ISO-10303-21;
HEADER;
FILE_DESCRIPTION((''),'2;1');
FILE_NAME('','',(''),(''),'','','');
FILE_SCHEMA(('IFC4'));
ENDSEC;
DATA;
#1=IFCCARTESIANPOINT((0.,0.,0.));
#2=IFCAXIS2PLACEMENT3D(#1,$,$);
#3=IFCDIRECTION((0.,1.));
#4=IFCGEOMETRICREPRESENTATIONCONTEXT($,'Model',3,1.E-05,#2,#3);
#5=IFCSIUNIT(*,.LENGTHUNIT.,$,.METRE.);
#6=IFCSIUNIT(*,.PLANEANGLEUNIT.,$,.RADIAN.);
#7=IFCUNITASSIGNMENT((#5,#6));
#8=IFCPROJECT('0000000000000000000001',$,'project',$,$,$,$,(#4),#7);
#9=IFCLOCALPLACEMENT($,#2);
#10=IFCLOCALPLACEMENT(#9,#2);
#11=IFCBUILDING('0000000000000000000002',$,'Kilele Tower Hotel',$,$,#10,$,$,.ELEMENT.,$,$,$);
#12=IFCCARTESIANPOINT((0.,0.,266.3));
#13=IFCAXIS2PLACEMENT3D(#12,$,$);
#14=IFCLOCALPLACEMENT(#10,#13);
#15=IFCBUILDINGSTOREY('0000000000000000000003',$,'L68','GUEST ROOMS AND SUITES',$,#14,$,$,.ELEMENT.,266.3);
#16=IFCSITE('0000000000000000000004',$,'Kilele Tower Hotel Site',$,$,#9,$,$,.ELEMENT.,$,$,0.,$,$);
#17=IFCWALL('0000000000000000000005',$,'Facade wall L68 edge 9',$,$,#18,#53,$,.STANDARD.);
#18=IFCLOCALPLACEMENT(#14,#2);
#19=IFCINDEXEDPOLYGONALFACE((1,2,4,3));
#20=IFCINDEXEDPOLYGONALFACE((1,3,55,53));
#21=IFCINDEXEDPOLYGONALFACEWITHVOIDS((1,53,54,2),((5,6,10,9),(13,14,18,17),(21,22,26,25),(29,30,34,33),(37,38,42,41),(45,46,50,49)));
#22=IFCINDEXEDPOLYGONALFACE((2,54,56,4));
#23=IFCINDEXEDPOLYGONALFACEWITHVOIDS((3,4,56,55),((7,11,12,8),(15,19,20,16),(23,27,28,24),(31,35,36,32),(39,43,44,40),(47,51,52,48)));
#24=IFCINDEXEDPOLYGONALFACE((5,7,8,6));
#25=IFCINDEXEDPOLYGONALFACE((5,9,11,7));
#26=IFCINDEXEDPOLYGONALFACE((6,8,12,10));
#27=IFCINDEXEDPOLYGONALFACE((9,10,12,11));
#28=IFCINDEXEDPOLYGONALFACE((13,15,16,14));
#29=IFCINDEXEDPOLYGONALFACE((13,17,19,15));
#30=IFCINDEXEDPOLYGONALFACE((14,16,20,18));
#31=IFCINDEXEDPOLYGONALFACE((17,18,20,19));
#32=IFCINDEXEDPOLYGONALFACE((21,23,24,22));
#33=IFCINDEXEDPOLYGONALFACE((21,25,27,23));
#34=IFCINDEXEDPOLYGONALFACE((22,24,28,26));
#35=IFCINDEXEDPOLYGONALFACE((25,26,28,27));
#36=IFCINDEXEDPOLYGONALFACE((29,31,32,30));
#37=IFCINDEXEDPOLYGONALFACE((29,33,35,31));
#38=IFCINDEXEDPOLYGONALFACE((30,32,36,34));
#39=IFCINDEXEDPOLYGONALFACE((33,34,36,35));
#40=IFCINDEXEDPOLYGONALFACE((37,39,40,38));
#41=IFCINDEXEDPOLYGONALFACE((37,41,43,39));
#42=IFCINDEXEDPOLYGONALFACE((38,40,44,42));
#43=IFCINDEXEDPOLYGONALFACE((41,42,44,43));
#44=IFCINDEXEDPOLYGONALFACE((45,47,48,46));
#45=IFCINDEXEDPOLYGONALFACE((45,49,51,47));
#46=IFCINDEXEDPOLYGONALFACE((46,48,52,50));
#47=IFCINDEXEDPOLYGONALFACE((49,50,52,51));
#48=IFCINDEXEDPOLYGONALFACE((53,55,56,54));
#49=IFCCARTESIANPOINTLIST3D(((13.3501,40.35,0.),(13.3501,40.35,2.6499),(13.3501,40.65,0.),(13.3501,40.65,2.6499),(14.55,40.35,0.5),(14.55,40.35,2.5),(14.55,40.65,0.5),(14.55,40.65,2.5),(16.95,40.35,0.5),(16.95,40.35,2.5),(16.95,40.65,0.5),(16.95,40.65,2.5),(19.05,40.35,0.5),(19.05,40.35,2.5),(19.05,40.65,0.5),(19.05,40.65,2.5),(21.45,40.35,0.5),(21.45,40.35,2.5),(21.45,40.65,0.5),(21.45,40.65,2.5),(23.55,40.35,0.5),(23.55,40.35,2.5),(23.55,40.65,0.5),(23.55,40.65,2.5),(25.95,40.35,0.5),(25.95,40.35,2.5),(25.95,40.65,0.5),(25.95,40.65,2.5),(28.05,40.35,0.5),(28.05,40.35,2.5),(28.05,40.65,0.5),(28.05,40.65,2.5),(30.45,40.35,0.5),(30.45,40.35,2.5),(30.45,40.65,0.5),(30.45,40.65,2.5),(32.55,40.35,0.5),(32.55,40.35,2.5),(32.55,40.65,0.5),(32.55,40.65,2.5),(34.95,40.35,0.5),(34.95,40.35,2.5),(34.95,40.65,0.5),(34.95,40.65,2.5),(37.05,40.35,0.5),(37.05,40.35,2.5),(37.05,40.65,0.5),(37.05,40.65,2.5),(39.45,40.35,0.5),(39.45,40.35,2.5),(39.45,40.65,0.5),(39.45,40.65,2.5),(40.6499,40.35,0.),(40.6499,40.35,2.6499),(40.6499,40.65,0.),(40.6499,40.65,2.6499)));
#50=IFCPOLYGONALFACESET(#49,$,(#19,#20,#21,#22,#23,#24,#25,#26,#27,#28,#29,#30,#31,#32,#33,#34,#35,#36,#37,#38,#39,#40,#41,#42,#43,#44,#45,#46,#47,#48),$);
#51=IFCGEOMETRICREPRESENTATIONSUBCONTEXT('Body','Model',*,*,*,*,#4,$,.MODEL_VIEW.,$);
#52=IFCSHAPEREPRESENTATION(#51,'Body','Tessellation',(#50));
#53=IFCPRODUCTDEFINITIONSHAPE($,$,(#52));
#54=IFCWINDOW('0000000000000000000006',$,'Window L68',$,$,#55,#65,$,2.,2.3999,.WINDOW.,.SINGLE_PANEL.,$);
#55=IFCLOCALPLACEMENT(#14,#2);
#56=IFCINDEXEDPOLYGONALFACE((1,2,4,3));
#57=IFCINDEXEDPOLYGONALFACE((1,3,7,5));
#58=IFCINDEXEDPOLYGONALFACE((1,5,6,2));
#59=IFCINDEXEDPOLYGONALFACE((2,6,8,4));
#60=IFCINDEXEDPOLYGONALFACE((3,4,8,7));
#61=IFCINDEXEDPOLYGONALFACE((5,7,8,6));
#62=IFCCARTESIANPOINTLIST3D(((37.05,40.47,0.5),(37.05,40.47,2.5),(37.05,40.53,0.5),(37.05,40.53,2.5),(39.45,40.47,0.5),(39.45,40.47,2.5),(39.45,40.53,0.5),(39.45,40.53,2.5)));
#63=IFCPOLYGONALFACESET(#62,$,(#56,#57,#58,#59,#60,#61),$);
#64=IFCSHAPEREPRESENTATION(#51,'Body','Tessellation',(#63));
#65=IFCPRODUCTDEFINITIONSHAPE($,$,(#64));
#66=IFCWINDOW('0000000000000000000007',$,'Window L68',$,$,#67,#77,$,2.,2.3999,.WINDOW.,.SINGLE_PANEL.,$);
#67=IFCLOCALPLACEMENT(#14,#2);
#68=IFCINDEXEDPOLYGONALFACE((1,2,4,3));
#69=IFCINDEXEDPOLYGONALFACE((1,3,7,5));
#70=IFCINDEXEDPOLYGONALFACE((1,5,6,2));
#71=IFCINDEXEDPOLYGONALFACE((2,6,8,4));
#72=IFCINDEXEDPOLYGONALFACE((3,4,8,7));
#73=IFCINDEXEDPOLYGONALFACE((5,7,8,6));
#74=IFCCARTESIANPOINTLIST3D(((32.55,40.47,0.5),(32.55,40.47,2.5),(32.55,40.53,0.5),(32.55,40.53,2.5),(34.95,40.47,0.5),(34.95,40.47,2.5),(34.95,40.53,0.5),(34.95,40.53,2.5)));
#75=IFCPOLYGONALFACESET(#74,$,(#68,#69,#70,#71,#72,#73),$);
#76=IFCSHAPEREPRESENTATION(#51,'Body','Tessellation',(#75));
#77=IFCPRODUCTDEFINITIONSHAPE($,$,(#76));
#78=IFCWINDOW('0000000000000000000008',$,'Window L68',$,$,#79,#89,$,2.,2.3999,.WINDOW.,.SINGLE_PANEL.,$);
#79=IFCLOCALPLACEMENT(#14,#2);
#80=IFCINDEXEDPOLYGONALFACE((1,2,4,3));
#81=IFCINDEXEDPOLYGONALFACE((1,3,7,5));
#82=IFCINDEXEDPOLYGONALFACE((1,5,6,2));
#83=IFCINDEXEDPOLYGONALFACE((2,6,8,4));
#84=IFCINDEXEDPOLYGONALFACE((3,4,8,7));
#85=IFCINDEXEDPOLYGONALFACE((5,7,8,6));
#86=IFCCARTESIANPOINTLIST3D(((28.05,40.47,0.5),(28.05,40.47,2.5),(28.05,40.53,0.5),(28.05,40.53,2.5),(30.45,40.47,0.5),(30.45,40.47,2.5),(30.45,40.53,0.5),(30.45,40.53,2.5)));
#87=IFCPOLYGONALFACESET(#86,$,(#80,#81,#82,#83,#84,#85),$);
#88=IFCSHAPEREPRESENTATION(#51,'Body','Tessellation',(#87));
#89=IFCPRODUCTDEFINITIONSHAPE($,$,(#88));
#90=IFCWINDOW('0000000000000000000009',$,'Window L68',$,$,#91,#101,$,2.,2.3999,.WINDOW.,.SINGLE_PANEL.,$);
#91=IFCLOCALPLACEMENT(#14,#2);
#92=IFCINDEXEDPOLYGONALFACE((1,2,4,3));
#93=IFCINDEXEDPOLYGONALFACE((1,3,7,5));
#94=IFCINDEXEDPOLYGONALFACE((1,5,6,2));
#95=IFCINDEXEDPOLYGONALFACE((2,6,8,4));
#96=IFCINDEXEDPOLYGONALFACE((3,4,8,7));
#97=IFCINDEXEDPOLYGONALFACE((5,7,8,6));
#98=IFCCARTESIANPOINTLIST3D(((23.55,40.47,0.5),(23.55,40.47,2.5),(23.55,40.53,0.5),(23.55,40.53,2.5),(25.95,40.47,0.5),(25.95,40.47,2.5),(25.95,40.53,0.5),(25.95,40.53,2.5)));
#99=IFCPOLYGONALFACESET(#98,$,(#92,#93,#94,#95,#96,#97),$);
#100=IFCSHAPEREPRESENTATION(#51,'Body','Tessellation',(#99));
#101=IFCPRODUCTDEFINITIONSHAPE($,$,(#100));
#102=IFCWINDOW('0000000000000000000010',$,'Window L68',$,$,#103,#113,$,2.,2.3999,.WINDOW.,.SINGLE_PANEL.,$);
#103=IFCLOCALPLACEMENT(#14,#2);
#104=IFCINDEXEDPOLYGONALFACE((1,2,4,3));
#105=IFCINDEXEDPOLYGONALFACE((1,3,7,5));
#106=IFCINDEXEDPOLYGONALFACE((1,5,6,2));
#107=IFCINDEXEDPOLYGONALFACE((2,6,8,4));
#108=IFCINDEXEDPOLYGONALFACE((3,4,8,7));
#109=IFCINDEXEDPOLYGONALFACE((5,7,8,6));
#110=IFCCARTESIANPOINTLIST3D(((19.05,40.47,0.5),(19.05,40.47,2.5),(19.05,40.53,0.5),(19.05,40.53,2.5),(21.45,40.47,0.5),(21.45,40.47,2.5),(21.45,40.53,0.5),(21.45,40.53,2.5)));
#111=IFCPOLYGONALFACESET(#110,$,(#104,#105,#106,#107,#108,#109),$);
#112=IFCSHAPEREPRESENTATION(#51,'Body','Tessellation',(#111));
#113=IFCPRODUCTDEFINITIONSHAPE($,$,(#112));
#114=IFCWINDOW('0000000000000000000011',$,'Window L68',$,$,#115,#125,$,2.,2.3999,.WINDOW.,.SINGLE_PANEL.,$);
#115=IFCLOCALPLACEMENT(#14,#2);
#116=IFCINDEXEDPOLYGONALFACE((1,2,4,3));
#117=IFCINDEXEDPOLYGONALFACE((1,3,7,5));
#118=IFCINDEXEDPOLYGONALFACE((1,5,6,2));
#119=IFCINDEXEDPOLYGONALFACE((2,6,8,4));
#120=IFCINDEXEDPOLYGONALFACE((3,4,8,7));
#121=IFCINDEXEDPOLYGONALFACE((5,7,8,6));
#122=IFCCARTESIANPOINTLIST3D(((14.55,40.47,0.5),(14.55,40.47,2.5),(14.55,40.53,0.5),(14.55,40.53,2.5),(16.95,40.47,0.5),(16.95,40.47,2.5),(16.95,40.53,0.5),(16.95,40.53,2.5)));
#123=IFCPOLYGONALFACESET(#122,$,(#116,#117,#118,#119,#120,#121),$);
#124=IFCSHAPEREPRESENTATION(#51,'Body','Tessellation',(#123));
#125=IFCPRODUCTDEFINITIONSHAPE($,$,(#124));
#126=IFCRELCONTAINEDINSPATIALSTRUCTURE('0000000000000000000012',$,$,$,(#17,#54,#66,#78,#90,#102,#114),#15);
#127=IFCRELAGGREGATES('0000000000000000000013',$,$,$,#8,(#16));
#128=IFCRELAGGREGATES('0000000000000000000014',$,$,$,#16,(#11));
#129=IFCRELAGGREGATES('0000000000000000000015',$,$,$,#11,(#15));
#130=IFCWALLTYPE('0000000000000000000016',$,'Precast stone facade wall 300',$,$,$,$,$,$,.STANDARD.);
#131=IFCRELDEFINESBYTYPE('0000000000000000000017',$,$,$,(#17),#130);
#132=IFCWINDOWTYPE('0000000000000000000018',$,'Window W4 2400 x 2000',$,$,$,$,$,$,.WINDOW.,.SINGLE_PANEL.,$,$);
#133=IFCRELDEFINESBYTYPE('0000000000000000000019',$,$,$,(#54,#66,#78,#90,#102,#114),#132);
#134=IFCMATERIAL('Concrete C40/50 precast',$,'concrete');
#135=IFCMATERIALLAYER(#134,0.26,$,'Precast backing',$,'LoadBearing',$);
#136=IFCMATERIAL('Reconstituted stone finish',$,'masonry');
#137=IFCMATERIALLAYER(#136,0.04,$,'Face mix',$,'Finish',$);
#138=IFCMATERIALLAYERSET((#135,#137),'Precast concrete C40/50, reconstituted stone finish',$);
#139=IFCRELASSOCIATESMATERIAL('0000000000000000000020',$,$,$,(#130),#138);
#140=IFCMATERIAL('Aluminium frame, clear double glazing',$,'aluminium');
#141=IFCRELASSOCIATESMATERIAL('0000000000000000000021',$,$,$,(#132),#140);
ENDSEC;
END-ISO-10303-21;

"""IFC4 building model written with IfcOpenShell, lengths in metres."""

from ifc_helpers import new_model, si_unit, direction, frame, frame_2d, origin, place, context, subcontext, project, spatial, rectangle, extrude, material, layer, layer_set, type_object, element, fill, save


model = new_model("IFC4")

# Units and contexts
model_context = context("Model", 3, precision=1e-05, world=origin(), true_north=direction((0.0, 1.0)))
body_context = subcontext(model_context, "Body", "Model", "MODEL_VIEW")
ifc_project = project(units=[si_unit("LENGTHUNIT", "METRE"), si_unit("PLANEANGLEUNIT", "RADIAN")], contexts=[model_context])

# Site, building, storey
site_placement = place(None, origin())
site = spatial("IfcSite", under=ifc_project, at=site_placement, Name="Kilele Tower Hotel Site", CompositionType="ELEMENT", RefElevation=0.0)
building_placement = place(site_placement, origin())
building = spatial("IfcBuilding", under=site, at=building_placement, Name="Kilele Tower Hotel", CompositionType="ELEMENT")
storey_placement = place(building_placement, frame((0.0, 0.0, 266.3)))
storey = spatial("IfcBuildingStorey", under=building, at=storey_placement, Name="L68", Description="GUEST ROOMS AND SUITES", CompositionType="ELEMENT", Elevation=266.3)

# Shared definitions
ifc_material_1 = material(Name="Concrete C40/50 precast", Category="concrete")
ifc_layer_1 = layer(ifc_material_1, 0.26, Name="Precast backing", Category="LoadBearing")
ifc_material_2 = material(Name="Reconstituted stone finish", Category="masonry")
ifc_layer_2 = layer(ifc_material_2, 0.04, Name="Face mix", Category="Finish")
ifc_layer_set = layer_set([ifc_layer_1, ifc_layer_2], Name="Precast concrete C40/50, reconstituted stone finish")
wall_type = type_object("IfcWallType", Name="Precast stone facade wall 300", PredefinedType="STANDARD", material=ifc_layer_set)
ifc_material_3 = material(Name="Aluminium frame, clear double glazing", Category="aluminium")
window_type = type_object("IfcWindowType", Name="Window W4 2400 x 2000", PartitioningType="SINGLE_PANEL", PredefinedType="WINDOW", material=ifc_material_3)

# Wall, openings, windows
wall_1_placement = place(storey_placement, frame((40.6499, 40.5, 0.0), z_axis=(0.0, 0.0, 1.0), x_axis=(-1.0, 0.0, 0.0)))
wall_1 = element("IfcWall", 1, at=wall_1_placement, inside=storey, type_object=wall_type, Name="Facade wall L68 edge 9", PredefinedType="STANDARD", context=body_context, shape_type="SweptSolid", body=[
    extrude(rectangle(XDim=27.2998, YDim=0.3, at=frame_2d((13.6499, 0.0))), origin(), (0.0, 0.0, 1.0), 2.6499),
])
opening_1_placement = place(wall_1_placement, frame((1.2, 0.0, 0.5)))
opening_1 = element("IfcOpeningElement", 2, at=opening_1_placement, cuts=wall_1, PredefinedType="OPENING", context=body_context, shape_type="SweptSolid", body=[
    extrude(rectangle(XDim=2.3999, YDim=2.0, at=frame_2d((1.2, 1.0))), frame((0.0, 0.1599, 0.0), z_axis=(0.0, -1.0, 0.0), x_axis=(1.0, 0.0, 0.0)), (0.0, 0.0, 1.0), 0.3201),
])
opening_2_placement = place(wall_1_placement, frame((5.7, 0.0, 0.5)))
opening_2 = element("IfcOpeningElement", 3, at=opening_2_placement, cuts=wall_1, PredefinedType="OPENING", context=body_context, shape_type="SweptSolid", body=[
    extrude(rectangle(XDim=2.3999, YDim=2.0, at=frame_2d((1.2, 1.0))), frame((0.0, 0.1599, 0.0), z_axis=(0.0, -1.0, 0.0), x_axis=(1.0, 0.0, 0.0)), (0.0, 0.0, 1.0), 0.3201),
])
opening_3_placement = place(wall_1_placement, frame((10.2, 0.0, 0.5)))
opening_3 = element("IfcOpeningElement", 4, at=opening_3_placement, cuts=wall_1, PredefinedType="OPENING", context=body_context, shape_type="SweptSolid", body=[
    extrude(rectangle(XDim=2.3999, YDim=2.0, at=frame_2d((1.2, 1.0))), frame((0.0, 0.1599, 0.0), z_axis=(0.0, -1.0, 0.0), x_axis=(1.0, 0.0, 0.0)), (0.0, 0.0, 1.0), 0.3201),
])
opening_4_placement = place(wall_1_placement, frame((14.7, 0.0, 0.5)))
opening_4 = element("IfcOpeningElement", 5, at=opening_4_placement, cuts=wall_1, PredefinedType="OPENING", context=body_context, shape_type="SweptSolid", body=[
    extrude(rectangle(XDim=2.3999, YDim=2.0, at=frame_2d((1.2, 1.0))), frame((0.0, 0.1599, 0.0), z_axis=(0.0, -1.0, 0.0), x_axis=(1.0, 0.0, 0.0)), (0.0, 0.0, 1.0), 0.3201),
])
opening_5_placement = place(wall_1_placement, frame((19.2, 0.0, 0.5)))
opening_5 = element("IfcOpeningElement", 6, at=opening_5_placement, cuts=wall_1, PredefinedType="OPENING", context=body_context, shape_type="SweptSolid", body=[
    extrude(rectangle(XDim=2.3999, YDim=2.0, at=frame_2d((1.2, 1.0))), frame((0.0, 0.1599, 0.0), z_axis=(0.0, -1.0, 0.0), x_axis=(1.0, 0.0, 0.0)), (0.0, 0.0, 1.0), 0.3201),
])
opening_6_placement = place(wall_1_placement, frame((23.7, 0.0, 0.5)))
opening_6 = element("IfcOpeningElement", 7, at=opening_6_placement, cuts=wall_1, PredefinedType="OPENING", context=body_context, shape_type="SweptSolid", body=[
    extrude(rectangle(XDim=2.3999, YDim=2.0, at=frame_2d((1.2, 1.0))), frame((0.0, 0.1599, 0.0), z_axis=(0.0, -1.0, 0.0), x_axis=(1.0, 0.0, 0.0)), (0.0, 0.0, 1.0), 0.3201),
])
window_1_placement = place(opening_1_placement, origin())
window_1 = element("IfcWindow", 8, at=window_1_placement, inside=storey, type_object=window_type, Name="Window L68", OverallHeight=2.0, OverallWidth=2.3999, PartitioningType="SINGLE_PANEL", PredefinedType="WINDOW", context=body_context, shape_type="SweptSolid", body=[
    extrude(rectangle(XDim=2.3999, YDim=2.0, at=frame_2d((1.2, 1.0))), frame((0.0, 0.03, 0.0), z_axis=(0.0, -1.0, 0.0), x_axis=(1.0, 0.0, 0.0)), (0.0, 0.0, 1.0), 0.0601),
])
fill(opening_1, window_1)
window_2_placement = place(opening_2_placement, origin())
window_2 = element("IfcWindow", 9, at=window_2_placement, inside=storey, type_object=window_type, Name="Window L68", OverallHeight=2.0, OverallWidth=2.3999, PartitioningType="SINGLE_PANEL", PredefinedType="WINDOW", context=body_context, shape_type="SweptSolid", body=[
    extrude(rectangle(XDim=2.3999, YDim=2.0, at=frame_2d((1.2, 1.0))), frame((0.0, 0.03, 0.0), z_axis=(0.0, -1.0, 0.0), x_axis=(1.0, 0.0, 0.0)), (0.0, 0.0, 1.0), 0.0601),
])
fill(opening_2, window_2)
window_3_placement = place(opening_3_placement, origin())
window_3 = element("IfcWindow", 10, at=window_3_placement, inside=storey, type_object=window_type, Name="Window L68", OverallHeight=2.0, OverallWidth=2.3999, PartitioningType="SINGLE_PANEL", PredefinedType="WINDOW", context=body_context, shape_type="SweptSolid", body=[
    extrude(rectangle(XDim=2.3999, YDim=2.0, at=frame_2d((1.2, 1.0))), frame((0.0, 0.03, 0.0), z_axis=(0.0, -1.0, 0.0), x_axis=(1.0, 0.0, 0.0)), (0.0, 0.0, 1.0), 0.0601),
])
fill(opening_3, window_3)
window_4_placement = place(opening_4_placement, origin())
window_4 = element("IfcWindow", 11, at=window_4_placement, inside=storey, type_object=window_type, Name="Window L68", OverallHeight=2.0, OverallWidth=2.3999, PartitioningType="SINGLE_PANEL", PredefinedType="WINDOW", context=body_context, shape_type="SweptSolid", body=[
    extrude(rectangle(XDim=2.3999, YDim=2.0, at=frame_2d((1.2, 1.0))), frame((0.0, 0.03, 0.0), z_axis=(0.0, -1.0, 0.0), x_axis=(1.0, 0.0, 0.0)), (0.0, 0.0, 1.0), 0.0601),
])
fill(opening_4, window_4)
window_5_placement = place(opening_5_placement, origin())
window_5 = element("IfcWindow", 12, at=window_5_placement, inside=storey, type_object=window_type, Name="Window L68", OverallHeight=2.0, OverallWidth=2.3999, PartitioningType="SINGLE_PANEL", PredefinedType="WINDOW", context=body_context, shape_type="SweptSolid", body=[
    extrude(rectangle(XDim=2.3999, YDim=2.0, at=frame_2d((1.2, 1.0))), frame((0.0, 0.03, 0.0), z_axis=(0.0, -1.0, 0.0), x_axis=(1.0, 0.0, 0.0)), (0.0, 0.0, 1.0), 0.0601),
])
fill(opening_5, window_5)
window_6_placement = place(opening_6_placement, origin())
window_6 = element("IfcWindow", 13, at=window_6_placement, inside=storey, type_object=window_type, Name="Window L68", OverallHeight=2.0, OverallWidth=2.3999, PartitioningType="SINGLE_PANEL", PredefinedType="WINDOW", context=body_context, shape_type="SweptSolid", body=[
    extrude(rectangle(XDim=2.3999, YDim=2.0, at=frame_2d((1.2, 1.0))), frame((0.0, 0.03, 0.0), z_axis=(0.0, -1.0, 0.0), x_axis=(1.0, 0.0, 0.0)), (0.0, 0.0, 1.0), 0.0601),
])
fill(opening_6, window_6)

save(model, "model.ifc")
